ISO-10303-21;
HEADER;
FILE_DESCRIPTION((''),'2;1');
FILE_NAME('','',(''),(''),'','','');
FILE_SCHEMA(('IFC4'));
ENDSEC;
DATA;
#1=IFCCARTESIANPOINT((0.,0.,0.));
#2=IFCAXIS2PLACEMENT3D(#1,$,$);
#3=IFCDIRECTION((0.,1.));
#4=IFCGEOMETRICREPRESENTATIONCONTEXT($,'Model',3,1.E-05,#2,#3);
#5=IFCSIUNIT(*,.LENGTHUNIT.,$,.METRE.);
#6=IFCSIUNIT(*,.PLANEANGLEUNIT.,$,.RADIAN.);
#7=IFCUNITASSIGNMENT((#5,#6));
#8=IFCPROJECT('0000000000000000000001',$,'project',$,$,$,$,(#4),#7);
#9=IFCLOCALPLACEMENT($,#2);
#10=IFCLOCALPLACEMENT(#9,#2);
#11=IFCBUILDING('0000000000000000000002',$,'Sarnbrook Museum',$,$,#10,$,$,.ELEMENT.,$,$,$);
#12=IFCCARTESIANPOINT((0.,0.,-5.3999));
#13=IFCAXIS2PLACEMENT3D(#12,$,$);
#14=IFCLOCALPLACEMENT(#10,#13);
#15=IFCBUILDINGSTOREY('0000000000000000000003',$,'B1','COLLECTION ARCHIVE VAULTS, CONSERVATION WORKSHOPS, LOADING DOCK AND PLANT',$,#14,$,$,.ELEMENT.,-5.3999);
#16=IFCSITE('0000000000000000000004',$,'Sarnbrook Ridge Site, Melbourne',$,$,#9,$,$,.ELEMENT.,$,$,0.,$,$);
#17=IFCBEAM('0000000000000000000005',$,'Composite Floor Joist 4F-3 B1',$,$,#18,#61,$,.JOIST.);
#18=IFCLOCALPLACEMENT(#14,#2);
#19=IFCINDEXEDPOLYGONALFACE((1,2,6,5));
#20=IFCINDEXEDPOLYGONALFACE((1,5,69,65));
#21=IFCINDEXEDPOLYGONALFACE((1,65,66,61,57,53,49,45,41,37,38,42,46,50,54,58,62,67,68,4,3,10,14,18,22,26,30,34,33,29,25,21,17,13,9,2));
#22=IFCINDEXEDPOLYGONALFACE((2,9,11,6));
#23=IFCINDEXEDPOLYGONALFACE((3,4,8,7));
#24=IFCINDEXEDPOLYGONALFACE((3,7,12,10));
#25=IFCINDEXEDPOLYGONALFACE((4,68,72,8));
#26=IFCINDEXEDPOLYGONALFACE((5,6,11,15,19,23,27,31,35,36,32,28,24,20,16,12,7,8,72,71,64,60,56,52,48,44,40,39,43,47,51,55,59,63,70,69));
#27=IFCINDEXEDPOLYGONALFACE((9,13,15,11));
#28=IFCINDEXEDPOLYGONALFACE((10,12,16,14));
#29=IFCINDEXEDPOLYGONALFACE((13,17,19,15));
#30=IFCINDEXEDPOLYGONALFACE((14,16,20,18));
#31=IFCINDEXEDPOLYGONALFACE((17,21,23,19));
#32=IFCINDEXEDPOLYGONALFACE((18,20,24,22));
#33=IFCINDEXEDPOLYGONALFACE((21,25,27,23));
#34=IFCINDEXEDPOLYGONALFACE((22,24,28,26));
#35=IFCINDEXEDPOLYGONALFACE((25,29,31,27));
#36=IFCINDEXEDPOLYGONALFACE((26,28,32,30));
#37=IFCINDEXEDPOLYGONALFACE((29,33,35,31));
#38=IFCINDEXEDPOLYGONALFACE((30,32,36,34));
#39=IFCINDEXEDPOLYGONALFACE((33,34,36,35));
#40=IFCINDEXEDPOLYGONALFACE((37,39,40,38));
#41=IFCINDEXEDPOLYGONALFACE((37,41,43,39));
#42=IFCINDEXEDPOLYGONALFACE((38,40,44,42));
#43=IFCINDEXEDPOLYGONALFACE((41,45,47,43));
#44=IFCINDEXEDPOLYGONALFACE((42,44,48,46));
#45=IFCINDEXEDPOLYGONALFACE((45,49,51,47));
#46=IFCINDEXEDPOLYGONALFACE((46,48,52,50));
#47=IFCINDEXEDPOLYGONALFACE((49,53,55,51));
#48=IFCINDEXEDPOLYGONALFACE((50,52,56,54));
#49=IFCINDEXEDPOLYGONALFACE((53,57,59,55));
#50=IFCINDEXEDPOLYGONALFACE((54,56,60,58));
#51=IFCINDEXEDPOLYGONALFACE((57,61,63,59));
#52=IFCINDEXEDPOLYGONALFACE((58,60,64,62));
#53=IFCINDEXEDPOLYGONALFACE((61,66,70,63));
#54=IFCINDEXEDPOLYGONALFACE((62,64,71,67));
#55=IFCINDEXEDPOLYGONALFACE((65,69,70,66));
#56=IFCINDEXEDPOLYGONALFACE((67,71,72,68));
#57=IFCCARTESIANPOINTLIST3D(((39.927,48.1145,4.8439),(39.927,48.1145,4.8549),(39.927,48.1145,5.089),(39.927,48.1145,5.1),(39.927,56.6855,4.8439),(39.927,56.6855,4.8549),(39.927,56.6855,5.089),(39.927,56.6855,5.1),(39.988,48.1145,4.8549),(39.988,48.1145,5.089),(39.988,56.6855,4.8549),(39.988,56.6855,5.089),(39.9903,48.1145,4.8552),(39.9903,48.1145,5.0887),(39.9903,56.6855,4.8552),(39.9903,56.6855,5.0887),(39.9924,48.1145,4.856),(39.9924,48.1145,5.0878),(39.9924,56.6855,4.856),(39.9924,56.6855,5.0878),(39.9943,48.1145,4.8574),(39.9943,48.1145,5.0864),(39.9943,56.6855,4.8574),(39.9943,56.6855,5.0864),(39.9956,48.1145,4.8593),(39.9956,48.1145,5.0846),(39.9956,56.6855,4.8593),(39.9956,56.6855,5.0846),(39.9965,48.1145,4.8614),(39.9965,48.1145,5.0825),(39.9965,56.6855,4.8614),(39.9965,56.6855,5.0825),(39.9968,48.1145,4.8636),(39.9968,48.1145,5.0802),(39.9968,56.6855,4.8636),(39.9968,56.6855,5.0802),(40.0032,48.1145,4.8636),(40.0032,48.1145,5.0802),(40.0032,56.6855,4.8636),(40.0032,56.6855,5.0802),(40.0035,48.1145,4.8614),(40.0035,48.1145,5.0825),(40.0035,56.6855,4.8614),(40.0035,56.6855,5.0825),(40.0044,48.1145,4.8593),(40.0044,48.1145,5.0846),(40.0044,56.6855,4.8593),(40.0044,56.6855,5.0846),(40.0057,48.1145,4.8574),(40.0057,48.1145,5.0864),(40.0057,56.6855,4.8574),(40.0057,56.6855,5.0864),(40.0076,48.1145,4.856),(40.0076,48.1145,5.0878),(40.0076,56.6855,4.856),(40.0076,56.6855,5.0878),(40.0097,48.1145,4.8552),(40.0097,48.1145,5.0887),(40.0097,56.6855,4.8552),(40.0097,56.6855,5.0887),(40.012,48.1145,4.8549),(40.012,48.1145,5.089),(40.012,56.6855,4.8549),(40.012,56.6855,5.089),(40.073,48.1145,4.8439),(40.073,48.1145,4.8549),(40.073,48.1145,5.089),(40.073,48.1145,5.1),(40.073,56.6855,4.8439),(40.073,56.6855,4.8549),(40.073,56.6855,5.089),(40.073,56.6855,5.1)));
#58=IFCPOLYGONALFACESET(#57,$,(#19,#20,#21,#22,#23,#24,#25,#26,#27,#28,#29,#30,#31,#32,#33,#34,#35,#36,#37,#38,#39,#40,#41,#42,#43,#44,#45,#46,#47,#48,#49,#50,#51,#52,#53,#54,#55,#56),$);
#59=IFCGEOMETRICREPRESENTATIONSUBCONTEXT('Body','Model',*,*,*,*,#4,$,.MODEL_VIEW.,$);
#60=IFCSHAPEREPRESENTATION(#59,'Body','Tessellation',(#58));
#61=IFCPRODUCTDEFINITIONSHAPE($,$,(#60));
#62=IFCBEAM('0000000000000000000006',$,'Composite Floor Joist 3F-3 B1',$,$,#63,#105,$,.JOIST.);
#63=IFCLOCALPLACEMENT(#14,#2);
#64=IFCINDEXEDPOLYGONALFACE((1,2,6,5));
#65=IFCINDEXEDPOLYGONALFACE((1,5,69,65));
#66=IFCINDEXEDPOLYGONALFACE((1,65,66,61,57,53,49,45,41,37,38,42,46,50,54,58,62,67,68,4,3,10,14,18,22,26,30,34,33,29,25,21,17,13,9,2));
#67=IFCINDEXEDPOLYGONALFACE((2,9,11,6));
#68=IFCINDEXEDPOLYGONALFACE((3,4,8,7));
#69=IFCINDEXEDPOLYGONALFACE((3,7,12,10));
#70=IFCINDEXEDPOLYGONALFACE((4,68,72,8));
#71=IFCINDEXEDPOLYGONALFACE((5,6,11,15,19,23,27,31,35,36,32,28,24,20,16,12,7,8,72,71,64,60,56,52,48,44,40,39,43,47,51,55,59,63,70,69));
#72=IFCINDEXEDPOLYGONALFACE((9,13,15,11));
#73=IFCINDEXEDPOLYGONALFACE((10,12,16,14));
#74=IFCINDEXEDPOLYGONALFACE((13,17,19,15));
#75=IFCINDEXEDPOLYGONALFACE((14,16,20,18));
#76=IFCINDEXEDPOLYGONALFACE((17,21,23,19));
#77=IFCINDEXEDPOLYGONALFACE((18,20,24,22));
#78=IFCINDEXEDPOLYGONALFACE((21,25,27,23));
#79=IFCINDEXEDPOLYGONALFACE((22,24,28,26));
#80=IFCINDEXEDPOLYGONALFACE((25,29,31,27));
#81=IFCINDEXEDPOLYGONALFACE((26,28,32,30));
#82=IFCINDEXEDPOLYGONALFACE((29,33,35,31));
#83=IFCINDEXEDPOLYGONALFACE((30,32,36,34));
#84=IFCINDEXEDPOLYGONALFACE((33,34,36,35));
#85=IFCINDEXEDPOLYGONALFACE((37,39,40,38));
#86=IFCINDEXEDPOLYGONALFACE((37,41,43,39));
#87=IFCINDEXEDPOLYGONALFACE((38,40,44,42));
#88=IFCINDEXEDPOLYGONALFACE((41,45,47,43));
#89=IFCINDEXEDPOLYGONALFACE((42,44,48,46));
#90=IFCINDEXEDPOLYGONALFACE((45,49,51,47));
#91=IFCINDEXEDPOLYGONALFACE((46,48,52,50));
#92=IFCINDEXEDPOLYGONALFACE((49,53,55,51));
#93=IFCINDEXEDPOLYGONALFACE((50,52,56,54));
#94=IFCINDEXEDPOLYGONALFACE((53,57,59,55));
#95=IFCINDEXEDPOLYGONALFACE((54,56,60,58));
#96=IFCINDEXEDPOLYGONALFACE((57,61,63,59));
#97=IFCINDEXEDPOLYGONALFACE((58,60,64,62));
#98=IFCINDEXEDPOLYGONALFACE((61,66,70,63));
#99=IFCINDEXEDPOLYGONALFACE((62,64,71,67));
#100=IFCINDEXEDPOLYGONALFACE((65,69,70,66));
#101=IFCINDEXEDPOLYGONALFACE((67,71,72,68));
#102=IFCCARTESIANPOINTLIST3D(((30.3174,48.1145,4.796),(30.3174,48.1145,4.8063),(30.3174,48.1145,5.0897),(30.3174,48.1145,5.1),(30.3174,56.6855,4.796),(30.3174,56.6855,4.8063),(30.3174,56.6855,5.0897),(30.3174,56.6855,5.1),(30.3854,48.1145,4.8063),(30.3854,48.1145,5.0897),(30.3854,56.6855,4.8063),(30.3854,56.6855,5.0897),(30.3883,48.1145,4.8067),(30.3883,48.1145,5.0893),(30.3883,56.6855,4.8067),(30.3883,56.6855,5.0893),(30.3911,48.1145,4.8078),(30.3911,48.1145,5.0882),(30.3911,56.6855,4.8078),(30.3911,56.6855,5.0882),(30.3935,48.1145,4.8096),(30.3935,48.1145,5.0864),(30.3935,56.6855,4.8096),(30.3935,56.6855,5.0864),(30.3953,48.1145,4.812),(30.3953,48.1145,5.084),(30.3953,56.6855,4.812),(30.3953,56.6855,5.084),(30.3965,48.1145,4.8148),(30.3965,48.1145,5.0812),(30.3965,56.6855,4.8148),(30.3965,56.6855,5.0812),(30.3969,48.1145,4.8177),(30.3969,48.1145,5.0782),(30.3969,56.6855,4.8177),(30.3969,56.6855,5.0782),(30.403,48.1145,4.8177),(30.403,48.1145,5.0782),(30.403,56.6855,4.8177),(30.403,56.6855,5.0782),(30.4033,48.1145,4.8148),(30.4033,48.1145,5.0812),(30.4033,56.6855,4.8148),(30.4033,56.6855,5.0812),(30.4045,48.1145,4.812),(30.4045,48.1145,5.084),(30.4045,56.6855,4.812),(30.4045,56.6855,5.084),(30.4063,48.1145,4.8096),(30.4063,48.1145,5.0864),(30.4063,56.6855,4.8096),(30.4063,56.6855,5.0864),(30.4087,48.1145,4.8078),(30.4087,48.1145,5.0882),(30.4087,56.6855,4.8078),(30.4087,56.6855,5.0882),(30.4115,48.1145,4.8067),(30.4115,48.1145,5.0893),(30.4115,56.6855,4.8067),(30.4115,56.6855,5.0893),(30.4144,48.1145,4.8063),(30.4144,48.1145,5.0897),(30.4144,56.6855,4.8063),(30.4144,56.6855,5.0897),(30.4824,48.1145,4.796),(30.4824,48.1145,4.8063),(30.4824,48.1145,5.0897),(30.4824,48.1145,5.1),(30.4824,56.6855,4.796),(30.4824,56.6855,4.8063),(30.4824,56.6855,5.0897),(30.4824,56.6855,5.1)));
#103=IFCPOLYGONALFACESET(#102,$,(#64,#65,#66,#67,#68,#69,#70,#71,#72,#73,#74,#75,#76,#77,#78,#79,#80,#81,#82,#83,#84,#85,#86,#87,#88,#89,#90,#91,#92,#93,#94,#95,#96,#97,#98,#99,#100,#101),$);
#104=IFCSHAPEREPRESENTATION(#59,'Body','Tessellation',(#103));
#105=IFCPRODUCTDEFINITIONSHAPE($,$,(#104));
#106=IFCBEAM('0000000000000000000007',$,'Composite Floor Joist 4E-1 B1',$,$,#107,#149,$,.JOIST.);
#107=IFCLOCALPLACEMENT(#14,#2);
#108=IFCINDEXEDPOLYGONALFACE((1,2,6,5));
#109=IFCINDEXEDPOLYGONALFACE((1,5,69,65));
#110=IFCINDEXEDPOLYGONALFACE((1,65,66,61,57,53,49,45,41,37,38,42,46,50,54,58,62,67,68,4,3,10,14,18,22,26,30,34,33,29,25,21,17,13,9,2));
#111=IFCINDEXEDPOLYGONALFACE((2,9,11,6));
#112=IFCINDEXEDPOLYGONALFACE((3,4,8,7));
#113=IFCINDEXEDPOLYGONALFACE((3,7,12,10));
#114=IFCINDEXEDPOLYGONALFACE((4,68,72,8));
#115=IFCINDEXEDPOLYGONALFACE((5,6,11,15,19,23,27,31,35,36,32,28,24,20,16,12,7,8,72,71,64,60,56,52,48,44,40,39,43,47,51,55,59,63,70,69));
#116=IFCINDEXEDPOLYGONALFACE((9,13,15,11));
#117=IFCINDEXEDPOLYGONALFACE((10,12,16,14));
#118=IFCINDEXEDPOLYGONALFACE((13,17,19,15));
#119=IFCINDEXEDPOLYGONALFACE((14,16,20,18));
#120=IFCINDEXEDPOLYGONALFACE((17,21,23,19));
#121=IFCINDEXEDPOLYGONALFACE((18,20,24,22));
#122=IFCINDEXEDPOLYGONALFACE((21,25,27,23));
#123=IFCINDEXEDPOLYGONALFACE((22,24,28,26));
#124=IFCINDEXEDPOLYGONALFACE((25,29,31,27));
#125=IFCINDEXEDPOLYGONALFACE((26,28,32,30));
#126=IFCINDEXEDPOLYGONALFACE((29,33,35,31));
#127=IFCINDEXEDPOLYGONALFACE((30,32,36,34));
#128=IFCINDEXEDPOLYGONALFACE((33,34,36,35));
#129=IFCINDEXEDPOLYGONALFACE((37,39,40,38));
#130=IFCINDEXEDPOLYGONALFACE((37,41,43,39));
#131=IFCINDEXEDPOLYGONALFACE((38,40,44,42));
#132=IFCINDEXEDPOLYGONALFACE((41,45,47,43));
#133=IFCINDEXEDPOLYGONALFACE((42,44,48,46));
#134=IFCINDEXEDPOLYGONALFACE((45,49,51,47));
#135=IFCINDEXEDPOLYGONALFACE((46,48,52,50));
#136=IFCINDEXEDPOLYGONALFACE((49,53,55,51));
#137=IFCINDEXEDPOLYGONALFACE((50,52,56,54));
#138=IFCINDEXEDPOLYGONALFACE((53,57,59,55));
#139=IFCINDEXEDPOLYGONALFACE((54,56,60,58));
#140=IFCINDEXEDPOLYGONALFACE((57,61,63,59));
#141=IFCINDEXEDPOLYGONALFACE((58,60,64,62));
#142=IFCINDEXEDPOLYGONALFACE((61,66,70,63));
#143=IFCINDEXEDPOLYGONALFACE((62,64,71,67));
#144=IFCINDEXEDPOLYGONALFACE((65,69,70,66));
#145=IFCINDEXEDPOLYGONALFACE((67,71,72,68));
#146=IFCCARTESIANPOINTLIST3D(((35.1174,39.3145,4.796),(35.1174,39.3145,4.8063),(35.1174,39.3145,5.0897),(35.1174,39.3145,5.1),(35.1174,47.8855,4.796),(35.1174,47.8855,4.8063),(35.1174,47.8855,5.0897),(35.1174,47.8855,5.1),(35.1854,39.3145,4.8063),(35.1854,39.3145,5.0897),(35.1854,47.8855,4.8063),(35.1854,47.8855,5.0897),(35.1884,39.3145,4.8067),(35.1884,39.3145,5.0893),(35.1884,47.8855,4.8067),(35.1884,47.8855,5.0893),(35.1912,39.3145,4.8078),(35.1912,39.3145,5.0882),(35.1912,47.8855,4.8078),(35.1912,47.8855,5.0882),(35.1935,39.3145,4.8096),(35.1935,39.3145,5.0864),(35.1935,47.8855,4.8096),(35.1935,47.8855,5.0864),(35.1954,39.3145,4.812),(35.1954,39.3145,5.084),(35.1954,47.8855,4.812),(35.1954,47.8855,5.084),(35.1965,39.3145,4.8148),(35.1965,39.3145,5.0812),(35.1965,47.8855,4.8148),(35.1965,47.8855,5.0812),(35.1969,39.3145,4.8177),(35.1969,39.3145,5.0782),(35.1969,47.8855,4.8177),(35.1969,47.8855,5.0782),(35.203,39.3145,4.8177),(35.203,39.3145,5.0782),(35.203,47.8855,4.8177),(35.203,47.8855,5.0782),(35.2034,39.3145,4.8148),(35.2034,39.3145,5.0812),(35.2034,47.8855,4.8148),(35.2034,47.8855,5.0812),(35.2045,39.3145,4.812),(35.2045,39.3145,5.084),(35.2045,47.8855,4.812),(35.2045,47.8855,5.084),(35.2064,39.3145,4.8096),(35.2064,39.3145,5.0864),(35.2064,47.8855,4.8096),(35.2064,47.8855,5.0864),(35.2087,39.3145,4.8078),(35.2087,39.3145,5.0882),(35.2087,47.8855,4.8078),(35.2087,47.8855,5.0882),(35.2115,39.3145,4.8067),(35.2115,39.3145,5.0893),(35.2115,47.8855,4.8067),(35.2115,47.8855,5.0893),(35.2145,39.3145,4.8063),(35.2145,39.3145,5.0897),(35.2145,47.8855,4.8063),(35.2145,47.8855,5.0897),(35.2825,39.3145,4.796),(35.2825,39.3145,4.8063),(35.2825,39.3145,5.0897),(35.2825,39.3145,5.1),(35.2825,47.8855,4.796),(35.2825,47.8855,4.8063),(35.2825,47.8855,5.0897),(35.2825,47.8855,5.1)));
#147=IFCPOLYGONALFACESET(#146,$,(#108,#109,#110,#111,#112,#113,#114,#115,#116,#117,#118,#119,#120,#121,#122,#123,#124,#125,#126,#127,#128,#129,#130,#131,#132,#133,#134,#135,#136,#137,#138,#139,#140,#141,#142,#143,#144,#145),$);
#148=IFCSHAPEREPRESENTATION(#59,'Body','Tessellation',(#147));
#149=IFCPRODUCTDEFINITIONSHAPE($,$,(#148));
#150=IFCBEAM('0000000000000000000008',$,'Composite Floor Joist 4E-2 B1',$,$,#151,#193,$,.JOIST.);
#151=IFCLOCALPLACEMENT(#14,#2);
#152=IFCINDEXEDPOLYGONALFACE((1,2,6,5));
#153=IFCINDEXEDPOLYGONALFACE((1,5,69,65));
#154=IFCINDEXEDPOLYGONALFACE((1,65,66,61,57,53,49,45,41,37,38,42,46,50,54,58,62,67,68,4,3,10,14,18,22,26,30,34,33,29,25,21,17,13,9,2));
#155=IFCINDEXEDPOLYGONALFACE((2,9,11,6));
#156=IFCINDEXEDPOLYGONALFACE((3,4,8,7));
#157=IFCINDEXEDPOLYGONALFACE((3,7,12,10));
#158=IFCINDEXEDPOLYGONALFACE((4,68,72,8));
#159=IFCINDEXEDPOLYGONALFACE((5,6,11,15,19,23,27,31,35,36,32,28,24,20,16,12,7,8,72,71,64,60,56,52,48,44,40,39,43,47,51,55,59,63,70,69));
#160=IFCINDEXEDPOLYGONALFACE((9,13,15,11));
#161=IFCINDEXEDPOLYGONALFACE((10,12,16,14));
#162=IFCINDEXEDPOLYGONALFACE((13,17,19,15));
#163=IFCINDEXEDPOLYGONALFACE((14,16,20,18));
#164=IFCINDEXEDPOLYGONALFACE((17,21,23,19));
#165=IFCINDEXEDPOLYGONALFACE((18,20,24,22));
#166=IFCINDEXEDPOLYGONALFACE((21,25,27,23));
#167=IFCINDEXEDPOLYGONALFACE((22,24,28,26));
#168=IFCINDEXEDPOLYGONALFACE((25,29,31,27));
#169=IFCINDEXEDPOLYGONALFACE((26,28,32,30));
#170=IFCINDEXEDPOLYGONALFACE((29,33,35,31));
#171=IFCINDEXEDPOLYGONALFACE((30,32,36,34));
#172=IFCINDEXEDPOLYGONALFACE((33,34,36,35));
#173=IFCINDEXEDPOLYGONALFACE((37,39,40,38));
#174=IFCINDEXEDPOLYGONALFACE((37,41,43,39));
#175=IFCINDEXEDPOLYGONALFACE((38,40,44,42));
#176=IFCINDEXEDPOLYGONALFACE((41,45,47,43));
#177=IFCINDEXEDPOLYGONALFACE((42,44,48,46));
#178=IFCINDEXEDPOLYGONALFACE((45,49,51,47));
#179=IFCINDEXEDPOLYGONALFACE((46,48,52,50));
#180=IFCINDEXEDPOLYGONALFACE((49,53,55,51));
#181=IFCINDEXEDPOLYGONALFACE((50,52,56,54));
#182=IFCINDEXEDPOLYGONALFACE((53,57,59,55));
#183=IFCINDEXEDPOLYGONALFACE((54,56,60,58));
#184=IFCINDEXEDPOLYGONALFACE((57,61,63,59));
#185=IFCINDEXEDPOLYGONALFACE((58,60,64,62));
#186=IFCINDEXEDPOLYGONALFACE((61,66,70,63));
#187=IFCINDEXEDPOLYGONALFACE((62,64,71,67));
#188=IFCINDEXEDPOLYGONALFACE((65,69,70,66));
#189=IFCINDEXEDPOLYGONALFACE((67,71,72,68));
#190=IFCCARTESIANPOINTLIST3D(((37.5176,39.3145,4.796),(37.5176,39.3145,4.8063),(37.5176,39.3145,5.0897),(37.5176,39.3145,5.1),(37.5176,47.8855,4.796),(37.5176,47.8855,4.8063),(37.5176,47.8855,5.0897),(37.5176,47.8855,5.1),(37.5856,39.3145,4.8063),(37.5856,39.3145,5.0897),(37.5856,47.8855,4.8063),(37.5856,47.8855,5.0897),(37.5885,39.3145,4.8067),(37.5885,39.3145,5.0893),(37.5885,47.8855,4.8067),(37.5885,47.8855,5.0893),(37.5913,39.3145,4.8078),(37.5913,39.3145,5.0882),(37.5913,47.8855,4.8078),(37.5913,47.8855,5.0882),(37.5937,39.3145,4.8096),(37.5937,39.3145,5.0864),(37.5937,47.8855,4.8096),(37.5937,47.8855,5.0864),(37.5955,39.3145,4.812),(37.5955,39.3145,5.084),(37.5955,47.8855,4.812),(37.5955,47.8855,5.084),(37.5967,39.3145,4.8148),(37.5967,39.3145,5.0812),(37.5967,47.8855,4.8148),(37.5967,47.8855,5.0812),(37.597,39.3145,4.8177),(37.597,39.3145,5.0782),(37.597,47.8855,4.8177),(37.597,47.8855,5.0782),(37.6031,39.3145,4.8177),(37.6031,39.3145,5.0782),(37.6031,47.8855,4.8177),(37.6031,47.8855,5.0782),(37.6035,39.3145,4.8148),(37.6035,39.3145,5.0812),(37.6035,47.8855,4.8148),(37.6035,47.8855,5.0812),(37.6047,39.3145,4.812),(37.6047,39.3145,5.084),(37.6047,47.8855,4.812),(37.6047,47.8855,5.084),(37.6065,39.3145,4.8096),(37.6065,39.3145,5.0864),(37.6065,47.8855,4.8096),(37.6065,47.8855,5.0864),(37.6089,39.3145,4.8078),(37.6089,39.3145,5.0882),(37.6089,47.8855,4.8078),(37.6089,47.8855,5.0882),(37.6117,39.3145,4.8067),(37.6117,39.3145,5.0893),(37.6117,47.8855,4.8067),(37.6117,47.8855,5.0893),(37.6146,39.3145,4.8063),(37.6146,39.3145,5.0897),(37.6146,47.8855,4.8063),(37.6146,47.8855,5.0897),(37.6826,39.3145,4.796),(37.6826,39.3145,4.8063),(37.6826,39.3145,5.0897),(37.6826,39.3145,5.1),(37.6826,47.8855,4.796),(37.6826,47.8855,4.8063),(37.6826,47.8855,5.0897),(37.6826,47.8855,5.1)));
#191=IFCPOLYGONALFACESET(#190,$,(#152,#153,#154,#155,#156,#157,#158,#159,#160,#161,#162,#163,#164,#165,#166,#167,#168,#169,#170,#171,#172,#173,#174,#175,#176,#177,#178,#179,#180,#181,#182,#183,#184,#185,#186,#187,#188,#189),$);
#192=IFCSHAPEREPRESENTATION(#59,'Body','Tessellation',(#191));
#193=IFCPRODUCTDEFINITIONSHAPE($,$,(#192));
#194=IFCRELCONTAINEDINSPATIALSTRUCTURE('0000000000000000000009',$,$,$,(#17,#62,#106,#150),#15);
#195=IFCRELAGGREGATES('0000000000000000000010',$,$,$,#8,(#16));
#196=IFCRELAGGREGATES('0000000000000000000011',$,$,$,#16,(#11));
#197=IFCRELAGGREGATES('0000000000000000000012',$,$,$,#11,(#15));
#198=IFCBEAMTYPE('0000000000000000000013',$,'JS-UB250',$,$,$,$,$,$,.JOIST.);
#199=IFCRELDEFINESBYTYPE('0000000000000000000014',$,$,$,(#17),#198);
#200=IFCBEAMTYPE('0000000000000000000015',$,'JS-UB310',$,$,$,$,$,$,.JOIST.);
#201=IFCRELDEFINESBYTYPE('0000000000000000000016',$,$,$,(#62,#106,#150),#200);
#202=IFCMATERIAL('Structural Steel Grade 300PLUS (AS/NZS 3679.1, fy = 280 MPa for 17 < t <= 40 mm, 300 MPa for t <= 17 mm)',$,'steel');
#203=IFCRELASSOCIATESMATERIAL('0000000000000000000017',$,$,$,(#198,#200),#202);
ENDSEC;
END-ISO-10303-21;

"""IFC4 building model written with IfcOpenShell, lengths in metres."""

from ifc_helpers import new_model, si_unit, direction, frame, origin, origin_2d, place, context, subcontext, project, spatial, i_section, extrude, material, material_profile, profile_set, type_object, element, save


model = new_model("IFC4")

# Units and contexts
model_context = context("Model", 3, precision=1e-05, world=origin(), true_north=direction((0.0, 1.0)))
body_context = subcontext(model_context, "Body", "Model", "MODEL_VIEW")
ifc_project = project(units=[si_unit("LENGTHUNIT", "METRE"), si_unit("PLANEANGLEUNIT", "RADIAN")], contexts=[model_context])

# Site, building, storey
site_placement = place(None, origin())
site = spatial("IfcSite", under=ifc_project, at=site_placement, Name="Sarnbrook Ridge Site, Melbourne", CompositionType="ELEMENT", RefElevation=0.0)
building_placement = place(site_placement, origin())
building = spatial("IfcBuilding", under=site, at=building_placement, Name="Sarnbrook Museum", CompositionType="ELEMENT")
storey_placement = place(building_placement, frame((0.0, 0.0, -5.3999)))
storey = spatial("IfcBuildingStorey", under=building, at=storey_placement, Name="B1", Description="COLLECTION ARCHIVE VAULTS, CONSERVATION WORKSHOPS, LOADING DOCK AND PLANT", CompositionType="ELEMENT", Elevation=-5.3999)

# Beams
ifc_material_1 = material(Name="Structural Steel Grade 300PLUS (AS/NZS 3679.1, fy = 280 MPa for 17 < t <= 40 mm, 300 MPa for t <= 17 mm)", Category="steel")
ifc_material_profile_1 = material_profile(ifc_material_1, i_section(OverallWidth=0.146, OverallDepth=0.2561, WebThickness=0.0063, FlangeThickness=0.011, FilletRadius=0.0088, at=origin_2d()), Name="250UB37.3")
ifc_profile_set_1 = profile_set([ifc_material_profile_1], Name="Structural Steel Grade 300PLUS (AS/NZS 3679.1, fy = 280 MPa for 17 < t <= 40 mm, 300 MPa for t <= 17 mm)")
beam_type_1 = type_object("IfcBeamType", Name="JS-UB250", PredefinedType="JOIST", material=ifc_profile_set_1)
for number, where, z_axis, x_axis, name in (
    (1, (40.0, 48.1145, 4.9719), (0.0, 1.0, 0.0), (-1.0, 0.0, 0.0), "Composite Floor Joist 4F-3 B1"),
):
    element("IfcBeam", number, at=place(storey_placement, frame(where, z_axis=z_axis, x_axis=x_axis)), inside=storey, type_object=beam_type_1, Name=name, PredefinedType="JOIST", context=body_context, shape_type="SweptSolid", body=[
        extrude(i_section(OverallWidth=0.146, OverallDepth=0.2561, WebThickness=0.0063, FlangeThickness=0.011, FilletRadius=0.0088, at=origin_2d()), origin(), (0.0, 0.0, 1.0), 8.571),
    ])
ifc_material_profile_2 = material_profile(ifc_material_1, i_section(OverallWidth=0.165, OverallDepth=0.304, WebThickness=0.0061, FlangeThickness=0.0103, FilletRadius=0.0115, at=origin_2d()), Name="310UB40.4")
ifc_profile_set_2 = profile_set([ifc_material_profile_2], Name="Structural Steel Grade 300PLUS (AS/NZS 3679.1, fy = 280 MPa for 17 < t <= 40 mm, 300 MPa for t <= 17 mm)")
beam_type_2 = type_object("IfcBeamType", Name="JS-UB310", PredefinedType="JOIST", material=ifc_profile_set_2)
for number, where, z_axis, x_axis, name in (
    (2, (30.3999, 48.1145, 4.948), (0.0, 1.0, 0.0), (-1.0, 0.0, 0.0), "Composite Floor Joist 3F-3 B1"),
    (3, (35.2, 39.3145, 4.948), (0.0, 1.0, 0.0), (-1.0, 0.0, 0.0), "Composite Floor Joist 4E-1 B1"),
    (4, (37.6001, 39.3145, 4.948), (0.0, 1.0, 0.0), (-1.0, 0.0, 0.0), "Composite Floor Joist 4E-2 B1"),
):
    element("IfcBeam", number, at=place(storey_placement, frame(where, z_axis=z_axis, x_axis=x_axis)), inside=storey, type_object=beam_type_2, Name=name, PredefinedType="JOIST", context=body_context, shape_type="SweptSolid", body=[
        extrude(i_section(OverallWidth=0.165, OverallDepth=0.304, WebThickness=0.0061, FlangeThickness=0.0103, FilletRadius=0.0115, at=origin_2d()), origin(), (0.0, 0.0, 1.0), 8.571),
    ])

save(model, "model.ifc")
